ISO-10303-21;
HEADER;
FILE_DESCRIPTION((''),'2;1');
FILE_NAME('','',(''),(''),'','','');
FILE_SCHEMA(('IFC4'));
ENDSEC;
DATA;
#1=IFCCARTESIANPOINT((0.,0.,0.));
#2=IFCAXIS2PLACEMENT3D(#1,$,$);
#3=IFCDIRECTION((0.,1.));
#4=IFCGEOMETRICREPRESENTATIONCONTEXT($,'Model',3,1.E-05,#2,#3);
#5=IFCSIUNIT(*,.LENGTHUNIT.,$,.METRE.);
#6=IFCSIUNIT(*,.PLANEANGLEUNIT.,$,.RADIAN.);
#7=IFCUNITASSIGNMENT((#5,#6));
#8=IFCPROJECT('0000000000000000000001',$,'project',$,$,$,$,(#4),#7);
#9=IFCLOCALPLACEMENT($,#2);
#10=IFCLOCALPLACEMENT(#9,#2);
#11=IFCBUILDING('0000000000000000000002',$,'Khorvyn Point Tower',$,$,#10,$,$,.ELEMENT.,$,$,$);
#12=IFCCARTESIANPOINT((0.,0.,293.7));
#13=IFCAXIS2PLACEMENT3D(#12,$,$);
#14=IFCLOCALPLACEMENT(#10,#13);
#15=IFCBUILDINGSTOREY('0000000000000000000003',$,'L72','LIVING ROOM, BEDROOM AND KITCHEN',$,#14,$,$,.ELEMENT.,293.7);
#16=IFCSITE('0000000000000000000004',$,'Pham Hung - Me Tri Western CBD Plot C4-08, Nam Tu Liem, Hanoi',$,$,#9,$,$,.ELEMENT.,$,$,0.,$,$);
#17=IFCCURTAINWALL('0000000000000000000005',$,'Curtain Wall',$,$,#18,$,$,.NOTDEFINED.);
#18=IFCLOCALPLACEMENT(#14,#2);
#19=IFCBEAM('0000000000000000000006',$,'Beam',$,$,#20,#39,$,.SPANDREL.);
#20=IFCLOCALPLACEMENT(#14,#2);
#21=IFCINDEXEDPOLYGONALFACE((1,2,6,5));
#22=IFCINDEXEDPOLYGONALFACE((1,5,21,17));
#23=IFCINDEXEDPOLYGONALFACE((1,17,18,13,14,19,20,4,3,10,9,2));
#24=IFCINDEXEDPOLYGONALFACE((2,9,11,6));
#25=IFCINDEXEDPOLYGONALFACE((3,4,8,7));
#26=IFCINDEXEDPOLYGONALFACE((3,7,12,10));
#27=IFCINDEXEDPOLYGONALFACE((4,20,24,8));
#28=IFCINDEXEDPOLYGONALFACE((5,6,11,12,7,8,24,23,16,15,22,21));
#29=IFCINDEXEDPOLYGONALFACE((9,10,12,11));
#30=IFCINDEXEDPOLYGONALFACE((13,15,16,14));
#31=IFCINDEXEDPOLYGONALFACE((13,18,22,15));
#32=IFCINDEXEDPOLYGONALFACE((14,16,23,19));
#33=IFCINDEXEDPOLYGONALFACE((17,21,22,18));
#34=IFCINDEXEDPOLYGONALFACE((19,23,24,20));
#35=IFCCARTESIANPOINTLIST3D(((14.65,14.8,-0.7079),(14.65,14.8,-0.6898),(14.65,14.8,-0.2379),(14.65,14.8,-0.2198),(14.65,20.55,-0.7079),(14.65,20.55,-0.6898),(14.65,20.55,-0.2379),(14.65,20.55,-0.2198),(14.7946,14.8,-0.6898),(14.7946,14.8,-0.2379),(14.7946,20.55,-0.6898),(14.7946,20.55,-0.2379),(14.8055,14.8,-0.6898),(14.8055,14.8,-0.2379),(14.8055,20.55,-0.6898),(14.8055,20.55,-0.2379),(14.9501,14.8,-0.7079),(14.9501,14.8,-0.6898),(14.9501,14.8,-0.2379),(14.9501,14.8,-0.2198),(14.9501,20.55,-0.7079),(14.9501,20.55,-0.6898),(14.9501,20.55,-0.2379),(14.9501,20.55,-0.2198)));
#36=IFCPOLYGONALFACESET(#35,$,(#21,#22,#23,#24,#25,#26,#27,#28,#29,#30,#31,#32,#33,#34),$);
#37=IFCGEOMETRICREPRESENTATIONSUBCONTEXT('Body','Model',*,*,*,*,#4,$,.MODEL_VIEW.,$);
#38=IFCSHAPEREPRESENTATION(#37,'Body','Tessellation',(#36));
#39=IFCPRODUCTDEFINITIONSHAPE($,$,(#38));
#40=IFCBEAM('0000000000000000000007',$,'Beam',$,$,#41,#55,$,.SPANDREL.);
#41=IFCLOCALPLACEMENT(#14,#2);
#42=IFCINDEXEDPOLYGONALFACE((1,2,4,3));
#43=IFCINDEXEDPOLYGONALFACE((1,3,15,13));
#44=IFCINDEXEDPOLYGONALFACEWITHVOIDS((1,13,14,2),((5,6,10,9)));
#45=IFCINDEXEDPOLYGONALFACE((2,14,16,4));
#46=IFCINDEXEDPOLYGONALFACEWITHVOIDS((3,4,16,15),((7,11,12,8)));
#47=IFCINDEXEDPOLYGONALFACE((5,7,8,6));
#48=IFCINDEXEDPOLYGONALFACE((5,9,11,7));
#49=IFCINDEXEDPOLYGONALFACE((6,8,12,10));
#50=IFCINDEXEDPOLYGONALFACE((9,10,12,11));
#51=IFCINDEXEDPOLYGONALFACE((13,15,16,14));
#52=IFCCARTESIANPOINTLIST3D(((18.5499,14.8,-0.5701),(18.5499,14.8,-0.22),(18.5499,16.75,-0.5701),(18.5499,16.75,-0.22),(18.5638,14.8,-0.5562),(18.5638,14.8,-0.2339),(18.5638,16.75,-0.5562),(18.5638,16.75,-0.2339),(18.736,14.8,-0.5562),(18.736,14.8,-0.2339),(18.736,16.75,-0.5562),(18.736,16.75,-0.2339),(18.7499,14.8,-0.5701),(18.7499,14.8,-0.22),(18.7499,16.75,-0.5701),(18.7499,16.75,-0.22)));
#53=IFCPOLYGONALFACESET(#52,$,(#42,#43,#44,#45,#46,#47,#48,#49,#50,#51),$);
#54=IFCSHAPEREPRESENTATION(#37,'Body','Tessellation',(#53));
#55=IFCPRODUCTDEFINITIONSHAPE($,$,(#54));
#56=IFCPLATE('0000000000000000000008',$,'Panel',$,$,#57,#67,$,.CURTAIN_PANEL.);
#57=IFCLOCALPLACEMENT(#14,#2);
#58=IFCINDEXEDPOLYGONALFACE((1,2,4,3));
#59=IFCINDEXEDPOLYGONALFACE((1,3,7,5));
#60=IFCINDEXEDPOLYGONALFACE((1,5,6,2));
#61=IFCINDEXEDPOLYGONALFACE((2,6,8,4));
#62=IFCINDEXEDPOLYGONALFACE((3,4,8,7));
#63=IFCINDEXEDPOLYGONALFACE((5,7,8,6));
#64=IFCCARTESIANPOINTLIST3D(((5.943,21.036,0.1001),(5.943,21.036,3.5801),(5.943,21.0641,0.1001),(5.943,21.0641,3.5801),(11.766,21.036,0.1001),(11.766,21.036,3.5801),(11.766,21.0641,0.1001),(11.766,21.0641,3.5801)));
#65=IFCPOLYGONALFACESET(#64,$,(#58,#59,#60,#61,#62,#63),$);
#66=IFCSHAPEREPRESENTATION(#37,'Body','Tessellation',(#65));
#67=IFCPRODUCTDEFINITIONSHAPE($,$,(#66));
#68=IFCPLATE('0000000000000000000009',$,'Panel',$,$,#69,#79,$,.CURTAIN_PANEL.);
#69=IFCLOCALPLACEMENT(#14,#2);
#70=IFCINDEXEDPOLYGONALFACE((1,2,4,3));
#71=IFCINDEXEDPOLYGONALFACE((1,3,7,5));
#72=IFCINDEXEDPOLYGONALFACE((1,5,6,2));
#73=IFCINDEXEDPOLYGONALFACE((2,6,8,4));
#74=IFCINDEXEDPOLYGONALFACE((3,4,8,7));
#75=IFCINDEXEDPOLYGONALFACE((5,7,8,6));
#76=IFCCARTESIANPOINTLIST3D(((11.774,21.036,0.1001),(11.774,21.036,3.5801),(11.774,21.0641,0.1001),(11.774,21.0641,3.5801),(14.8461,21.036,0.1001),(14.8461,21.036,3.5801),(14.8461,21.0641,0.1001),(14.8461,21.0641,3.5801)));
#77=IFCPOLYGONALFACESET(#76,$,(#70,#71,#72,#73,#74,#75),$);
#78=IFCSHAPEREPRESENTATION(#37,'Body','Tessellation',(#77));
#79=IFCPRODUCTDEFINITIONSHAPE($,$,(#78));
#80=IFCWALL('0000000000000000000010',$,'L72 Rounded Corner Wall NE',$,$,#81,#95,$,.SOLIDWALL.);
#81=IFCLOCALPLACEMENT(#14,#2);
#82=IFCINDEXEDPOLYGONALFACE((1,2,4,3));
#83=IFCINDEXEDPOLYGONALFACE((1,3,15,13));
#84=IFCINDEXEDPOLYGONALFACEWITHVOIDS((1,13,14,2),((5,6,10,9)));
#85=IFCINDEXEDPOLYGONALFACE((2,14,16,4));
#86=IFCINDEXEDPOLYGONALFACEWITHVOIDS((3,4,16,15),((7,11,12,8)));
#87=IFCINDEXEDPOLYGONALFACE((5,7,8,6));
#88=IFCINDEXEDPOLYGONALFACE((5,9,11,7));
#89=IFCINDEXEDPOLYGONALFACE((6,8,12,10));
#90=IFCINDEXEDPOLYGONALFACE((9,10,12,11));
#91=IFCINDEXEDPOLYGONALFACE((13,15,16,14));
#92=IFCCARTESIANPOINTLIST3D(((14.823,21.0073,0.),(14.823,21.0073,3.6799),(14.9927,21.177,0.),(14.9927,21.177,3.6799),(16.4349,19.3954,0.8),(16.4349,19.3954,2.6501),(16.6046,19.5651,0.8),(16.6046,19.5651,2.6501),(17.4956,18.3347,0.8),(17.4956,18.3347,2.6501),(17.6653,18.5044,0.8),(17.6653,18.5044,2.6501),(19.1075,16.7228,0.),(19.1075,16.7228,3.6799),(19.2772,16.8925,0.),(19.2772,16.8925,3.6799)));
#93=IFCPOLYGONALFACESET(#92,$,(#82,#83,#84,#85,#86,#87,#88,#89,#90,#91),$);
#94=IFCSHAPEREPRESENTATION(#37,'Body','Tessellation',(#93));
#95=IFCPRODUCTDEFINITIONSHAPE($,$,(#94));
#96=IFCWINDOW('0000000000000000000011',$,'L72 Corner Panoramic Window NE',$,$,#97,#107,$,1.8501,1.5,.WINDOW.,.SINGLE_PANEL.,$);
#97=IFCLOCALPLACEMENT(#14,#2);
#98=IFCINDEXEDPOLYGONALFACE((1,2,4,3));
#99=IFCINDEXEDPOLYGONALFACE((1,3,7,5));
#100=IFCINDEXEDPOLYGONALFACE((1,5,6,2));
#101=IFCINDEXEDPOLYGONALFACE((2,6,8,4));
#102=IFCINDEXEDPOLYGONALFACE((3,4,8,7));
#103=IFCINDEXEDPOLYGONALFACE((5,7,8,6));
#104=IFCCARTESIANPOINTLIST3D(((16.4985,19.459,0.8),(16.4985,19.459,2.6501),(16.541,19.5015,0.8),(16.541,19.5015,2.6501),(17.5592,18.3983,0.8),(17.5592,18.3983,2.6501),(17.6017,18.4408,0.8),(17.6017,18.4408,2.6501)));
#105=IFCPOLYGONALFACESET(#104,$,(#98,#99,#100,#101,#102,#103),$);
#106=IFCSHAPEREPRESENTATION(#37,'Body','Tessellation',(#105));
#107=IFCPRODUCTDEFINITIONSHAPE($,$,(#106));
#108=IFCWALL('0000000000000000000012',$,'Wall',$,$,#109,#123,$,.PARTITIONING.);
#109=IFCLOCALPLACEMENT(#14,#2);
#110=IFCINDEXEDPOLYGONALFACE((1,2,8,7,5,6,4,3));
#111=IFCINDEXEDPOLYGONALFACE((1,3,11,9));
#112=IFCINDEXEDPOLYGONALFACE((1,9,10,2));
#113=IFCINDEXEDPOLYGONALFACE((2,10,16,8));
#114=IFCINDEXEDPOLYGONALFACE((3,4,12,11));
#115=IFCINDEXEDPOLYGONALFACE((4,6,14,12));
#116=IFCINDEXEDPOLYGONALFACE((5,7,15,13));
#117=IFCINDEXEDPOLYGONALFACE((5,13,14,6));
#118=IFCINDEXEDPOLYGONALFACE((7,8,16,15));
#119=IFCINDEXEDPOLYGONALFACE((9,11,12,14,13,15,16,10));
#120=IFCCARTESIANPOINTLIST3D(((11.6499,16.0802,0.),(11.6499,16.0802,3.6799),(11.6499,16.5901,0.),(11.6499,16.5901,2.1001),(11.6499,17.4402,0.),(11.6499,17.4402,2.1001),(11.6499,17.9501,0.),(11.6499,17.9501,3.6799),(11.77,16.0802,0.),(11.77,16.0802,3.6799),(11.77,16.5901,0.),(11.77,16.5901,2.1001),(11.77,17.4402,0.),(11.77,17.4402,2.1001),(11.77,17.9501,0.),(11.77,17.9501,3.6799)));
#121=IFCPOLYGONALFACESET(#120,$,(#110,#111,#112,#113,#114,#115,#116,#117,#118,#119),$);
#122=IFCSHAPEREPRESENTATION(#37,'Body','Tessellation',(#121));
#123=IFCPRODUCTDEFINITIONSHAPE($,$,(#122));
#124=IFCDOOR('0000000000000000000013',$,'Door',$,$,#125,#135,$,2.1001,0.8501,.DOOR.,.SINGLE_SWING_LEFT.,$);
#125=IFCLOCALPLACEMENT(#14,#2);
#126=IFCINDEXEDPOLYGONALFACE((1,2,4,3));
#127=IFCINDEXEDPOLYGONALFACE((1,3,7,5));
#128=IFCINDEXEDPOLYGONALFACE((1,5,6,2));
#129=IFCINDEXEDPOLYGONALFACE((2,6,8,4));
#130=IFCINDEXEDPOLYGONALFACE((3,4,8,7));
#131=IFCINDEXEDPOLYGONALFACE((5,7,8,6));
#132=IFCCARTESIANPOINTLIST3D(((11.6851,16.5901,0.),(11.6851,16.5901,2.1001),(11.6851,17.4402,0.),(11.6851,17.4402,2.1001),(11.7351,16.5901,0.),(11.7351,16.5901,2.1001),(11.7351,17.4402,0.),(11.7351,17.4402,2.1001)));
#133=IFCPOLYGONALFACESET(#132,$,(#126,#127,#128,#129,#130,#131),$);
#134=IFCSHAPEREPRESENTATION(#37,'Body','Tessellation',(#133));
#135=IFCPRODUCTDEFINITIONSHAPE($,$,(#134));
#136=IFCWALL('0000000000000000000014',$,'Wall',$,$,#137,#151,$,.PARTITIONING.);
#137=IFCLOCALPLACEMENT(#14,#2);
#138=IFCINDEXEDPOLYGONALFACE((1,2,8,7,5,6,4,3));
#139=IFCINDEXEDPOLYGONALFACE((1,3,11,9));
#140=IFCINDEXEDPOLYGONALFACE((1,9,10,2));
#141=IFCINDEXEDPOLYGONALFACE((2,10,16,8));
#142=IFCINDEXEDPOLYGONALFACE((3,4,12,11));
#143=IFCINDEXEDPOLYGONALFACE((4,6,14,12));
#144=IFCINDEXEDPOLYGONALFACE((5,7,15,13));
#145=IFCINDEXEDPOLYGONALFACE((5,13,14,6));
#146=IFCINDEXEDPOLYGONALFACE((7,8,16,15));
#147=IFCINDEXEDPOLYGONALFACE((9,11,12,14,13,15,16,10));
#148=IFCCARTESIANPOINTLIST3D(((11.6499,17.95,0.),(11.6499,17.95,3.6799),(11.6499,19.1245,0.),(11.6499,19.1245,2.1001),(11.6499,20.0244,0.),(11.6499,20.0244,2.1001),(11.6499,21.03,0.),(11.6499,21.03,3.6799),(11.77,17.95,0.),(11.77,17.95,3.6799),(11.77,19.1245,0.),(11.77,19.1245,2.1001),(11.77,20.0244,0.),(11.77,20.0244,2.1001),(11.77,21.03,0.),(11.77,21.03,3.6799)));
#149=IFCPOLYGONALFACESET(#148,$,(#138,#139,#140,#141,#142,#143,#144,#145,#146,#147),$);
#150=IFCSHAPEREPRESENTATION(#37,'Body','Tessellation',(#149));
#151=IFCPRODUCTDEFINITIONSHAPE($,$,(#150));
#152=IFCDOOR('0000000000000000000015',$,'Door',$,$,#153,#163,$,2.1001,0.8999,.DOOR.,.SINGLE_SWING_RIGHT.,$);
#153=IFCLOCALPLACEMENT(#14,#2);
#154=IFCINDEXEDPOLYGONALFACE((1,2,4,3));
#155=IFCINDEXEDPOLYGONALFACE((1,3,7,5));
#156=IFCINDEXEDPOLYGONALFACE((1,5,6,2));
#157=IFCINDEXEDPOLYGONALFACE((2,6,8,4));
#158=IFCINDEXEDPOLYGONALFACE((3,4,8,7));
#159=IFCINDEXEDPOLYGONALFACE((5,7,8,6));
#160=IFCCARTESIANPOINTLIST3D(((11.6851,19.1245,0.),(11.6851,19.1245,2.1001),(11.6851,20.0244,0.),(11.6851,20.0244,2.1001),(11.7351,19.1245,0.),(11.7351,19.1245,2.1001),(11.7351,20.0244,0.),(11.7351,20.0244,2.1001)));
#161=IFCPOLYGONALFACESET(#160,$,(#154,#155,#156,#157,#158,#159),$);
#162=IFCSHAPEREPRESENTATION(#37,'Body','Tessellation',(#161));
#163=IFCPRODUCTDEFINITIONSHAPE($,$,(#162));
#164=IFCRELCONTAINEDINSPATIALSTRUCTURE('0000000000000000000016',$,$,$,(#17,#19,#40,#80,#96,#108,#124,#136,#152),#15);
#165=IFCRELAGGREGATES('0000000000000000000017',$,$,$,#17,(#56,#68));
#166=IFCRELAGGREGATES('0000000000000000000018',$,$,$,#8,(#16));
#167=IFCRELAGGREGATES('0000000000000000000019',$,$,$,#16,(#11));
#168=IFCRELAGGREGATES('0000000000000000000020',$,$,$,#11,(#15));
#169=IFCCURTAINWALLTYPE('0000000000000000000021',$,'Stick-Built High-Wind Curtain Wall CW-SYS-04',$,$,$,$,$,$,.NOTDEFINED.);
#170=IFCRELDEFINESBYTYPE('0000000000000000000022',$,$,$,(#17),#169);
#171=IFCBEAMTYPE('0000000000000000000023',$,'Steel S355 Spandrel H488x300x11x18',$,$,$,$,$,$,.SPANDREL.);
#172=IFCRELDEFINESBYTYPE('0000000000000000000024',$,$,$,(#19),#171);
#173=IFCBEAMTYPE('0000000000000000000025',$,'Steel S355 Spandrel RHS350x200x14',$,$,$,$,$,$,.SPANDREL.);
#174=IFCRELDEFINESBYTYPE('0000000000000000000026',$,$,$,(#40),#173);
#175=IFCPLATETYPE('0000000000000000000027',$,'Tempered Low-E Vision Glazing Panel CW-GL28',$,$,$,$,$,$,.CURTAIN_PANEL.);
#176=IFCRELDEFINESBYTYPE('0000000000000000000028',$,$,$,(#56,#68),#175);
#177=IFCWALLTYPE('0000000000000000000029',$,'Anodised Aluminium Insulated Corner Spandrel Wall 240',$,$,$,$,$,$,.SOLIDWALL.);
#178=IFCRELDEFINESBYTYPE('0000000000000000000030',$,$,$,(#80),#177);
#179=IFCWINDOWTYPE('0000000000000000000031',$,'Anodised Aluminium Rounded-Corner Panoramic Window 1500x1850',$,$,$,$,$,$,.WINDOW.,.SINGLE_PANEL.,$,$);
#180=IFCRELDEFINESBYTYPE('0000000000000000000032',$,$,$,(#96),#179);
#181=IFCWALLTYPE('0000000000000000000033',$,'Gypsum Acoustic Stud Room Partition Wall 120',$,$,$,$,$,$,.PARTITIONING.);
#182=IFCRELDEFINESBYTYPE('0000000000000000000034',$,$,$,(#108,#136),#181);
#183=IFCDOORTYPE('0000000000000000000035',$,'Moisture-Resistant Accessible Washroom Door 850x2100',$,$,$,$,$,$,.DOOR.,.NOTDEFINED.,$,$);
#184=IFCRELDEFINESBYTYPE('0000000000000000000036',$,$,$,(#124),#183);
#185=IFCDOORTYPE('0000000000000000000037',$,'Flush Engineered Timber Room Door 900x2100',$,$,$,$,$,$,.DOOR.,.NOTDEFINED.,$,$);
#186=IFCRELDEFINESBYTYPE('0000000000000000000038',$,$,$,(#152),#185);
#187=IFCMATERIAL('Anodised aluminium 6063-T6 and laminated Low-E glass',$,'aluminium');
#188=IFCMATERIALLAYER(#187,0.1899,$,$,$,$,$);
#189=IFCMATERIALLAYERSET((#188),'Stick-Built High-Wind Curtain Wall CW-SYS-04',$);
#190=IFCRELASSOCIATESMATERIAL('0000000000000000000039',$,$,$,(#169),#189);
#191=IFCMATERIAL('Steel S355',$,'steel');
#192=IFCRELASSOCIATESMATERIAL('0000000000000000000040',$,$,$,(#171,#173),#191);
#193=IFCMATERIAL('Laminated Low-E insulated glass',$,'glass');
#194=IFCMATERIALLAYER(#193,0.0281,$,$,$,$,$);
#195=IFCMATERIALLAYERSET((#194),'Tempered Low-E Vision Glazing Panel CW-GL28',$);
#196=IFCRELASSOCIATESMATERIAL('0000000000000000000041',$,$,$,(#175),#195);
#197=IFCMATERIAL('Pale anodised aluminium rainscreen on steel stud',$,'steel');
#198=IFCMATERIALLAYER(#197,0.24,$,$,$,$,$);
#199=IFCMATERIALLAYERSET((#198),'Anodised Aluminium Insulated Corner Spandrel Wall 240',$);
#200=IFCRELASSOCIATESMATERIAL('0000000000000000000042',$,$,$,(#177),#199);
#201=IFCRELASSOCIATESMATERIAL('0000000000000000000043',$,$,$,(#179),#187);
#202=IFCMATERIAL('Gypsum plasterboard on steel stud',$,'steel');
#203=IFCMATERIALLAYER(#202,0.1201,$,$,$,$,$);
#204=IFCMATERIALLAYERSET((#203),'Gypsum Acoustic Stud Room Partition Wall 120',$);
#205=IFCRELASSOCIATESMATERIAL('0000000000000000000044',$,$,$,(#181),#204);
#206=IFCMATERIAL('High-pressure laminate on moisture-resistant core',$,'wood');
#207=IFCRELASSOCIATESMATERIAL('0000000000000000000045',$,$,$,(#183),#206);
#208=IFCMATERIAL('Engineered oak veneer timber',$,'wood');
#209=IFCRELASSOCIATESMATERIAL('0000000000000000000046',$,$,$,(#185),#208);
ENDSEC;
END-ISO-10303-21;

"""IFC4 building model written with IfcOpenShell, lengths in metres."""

from ifc_helpers import new_model, si_unit, direction, frame, frame_2d, origin, origin_2d, place, context, subcontext, project, spatial, rectangle, hollow_rectangle, i_section, extrude, material, layer, layer_set, material_profile, profile_set, type_object, element, fill, aggregate, save


model = new_model("IFC4")

# Units and contexts
model_context = context("Model", 3, precision=1e-05, world=origin(), true_north=direction((0.0, 1.0)))
body_context = subcontext(model_context, "Body", "Model", "MODEL_VIEW")
ifc_project = project(units=[si_unit("LENGTHUNIT", "METRE"), si_unit("PLANEANGLEUNIT", "RADIAN")], contexts=[model_context])

# Site, building, storey
site_placement = place(None, origin())
site = spatial("IfcSite", under=ifc_project, at=site_placement, Name="Pham Hung - Me Tri Western CBD Plot C4-08, Nam Tu Liem, Hanoi", CompositionType="ELEMENT", RefElevation=0.0)
building_placement = place(site_placement, origin())
building = spatial("IfcBuilding", under=site, at=building_placement, Name="Khorvyn Point Tower", CompositionType="ELEMENT")
storey_placement = place(building_placement, frame((0.0, 0.0, 293.7)))
storey = spatial("IfcBuildingStorey", under=building, at=storey_placement, Name="L72", Description="LIVING ROOM, BEDROOM AND KITCHEN", CompositionType="ELEMENT", Elevation=293.7)

# Shared definitions
ifc_material_1 = material(Name="Steel S355", Category="steel")

# Curtain wall
ifc_material_2 = material(Name="Anodised aluminium 6063-T6 and laminated Low-E glass", Category="aluminium")
ifc_layer_1 = layer(ifc_material_2, 0.1899)
ifc_layer_set_1 = layer_set([ifc_layer_1], Name="Stick-Built High-Wind Curtain Wall CW-SYS-04")
curtain_wall_type = type_object("IfcCurtainWallType", Name="Stick-Built High-Wind Curtain Wall CW-SYS-04", PredefinedType="NOTDEFINED", material=ifc_layer_set_1)
curtain_wall_1_placement = place(storey_placement, origin())
curtain_wall_1 = element("IfcCurtainWall", 1, at=curtain_wall_1_placement, inside=storey, type_object=curtain_wall_type, Name="Curtain Wall", PredefinedType="NOTDEFINED")

# Beams
ifc_material_profile_1 = material_profile(ifc_material_1, i_section(OverallWidth=0.3, OverallDepth=0.488, WebThickness=0.011, FlangeThickness=0.0181, at=origin_2d()))
ifc_profile_set_1 = profile_set([ifc_material_profile_1], Name="Steel S355 H488x300x11x18")
beam_type_1 = type_object("IfcBeamType", Name="Steel S355 Spandrel H488x300x11x18", PredefinedType="SPANDREL", material=ifc_profile_set_1)
beam_1_placement = place(storey_placement, frame((14.8, 14.8, -0.4639), z_axis=(0.0, 1.0, 0.0), x_axis=(-1.0, 0.0, 0.0)))
element("IfcBeam", 2, at=beam_1_placement, inside=storey, type_object=beam_type_1, Name="Beam", PredefinedType="SPANDREL", context=body_context, shape_type="SweptSolid", body=[
    extrude(i_section(OverallWidth=0.3, OverallDepth=0.488, WebThickness=0.011, FlangeThickness=0.0181, at=origin_2d()), origin(), (0.0, 0.0, 1.0), 5.75),
])
ifc_material_profile_2 = material_profile(ifc_material_1, hollow_rectangle(XDim=0.2, YDim=0.3501, WallThickness=0.0139, at=origin_2d()))
ifc_profile_set_2 = profile_set([ifc_material_profile_2], Name="Steel S355 RHS350x200x14")
beam_type_2 = type_object("IfcBeamType", Name="Steel S355 Spandrel RHS350x200x14", PredefinedType="SPANDREL", material=ifc_profile_set_2)
beam_2_placement = place(storey_placement, frame((18.6499, 14.8, -0.395), z_axis=(0.0, 1.0, 0.0), x_axis=(-1.0, 0.0, 0.0)))
element("IfcBeam", 3, at=beam_2_placement, inside=storey, type_object=beam_type_2, Name="Beam", PredefinedType="SPANDREL", context=body_context, shape_type="SweptSolid", body=[
    extrude(hollow_rectangle(XDim=0.2, YDim=0.3501, WallThickness=0.0139, at=origin_2d()), origin(), (0.0, 0.0, 1.0), 1.95),
])

# Plates
ifc_material_3 = material(Name="Laminated Low-E insulated glass", Category="glass")
ifc_layer_2 = layer(ifc_material_3, 0.0281)
ifc_layer_set_2 = layer_set([ifc_layer_2], Name="Tempered Low-E Vision Glazing Panel CW-GL28")
plate_type = type_object("IfcPlateType", Name="Tempered Low-E Vision Glazing Panel CW-GL28", PredefinedType="CURTAIN_PANEL", material=ifc_layer_set_2)
plate_1_placement = place(storey_placement, frame((8.8545, 21.05, 0.1001), z_axis=(0.0, 0.0, 1.0), x_axis=(1.0, 0.0, 0.0)))
plate_1 = element("IfcPlate", 4, at=plate_1_placement, type_object=plate_type, Name="Panel", PredefinedType="CURTAIN_PANEL", context=body_context, shape_type="SweptSolid", body=[
    extrude(rectangle(XDim=5.823, YDim=0.0281, at=origin_2d()), origin(), (0.0, 0.0, 1.0), 3.48),
])
plate_2_placement = place(storey_placement, frame((13.3101, 21.05, 0.1001), z_axis=(0.0, 0.0, 1.0), x_axis=(1.0, 0.0, 0.0)))
plate_2 = element("IfcPlate", 5, at=plate_2_placement, type_object=plate_type, Name="Panel", PredefinedType="CURTAIN_PANEL", context=body_context, shape_type="SweptSolid", body=[
    extrude(rectangle(XDim=3.072, YDim=0.0281, at=origin_2d()), origin(), (0.0, 0.0, 1.0), 3.48),
])
aggregate(curtain_wall_1, [plate_1, plate_2])

# Wall, opening, window
ifc_material_4 = material(Name="Pale anodised aluminium rainscreen on steel stud", Category="steel")
ifc_layer_3 = layer(ifc_material_4, 0.24)
ifc_layer_set_3 = layer_set([ifc_layer_3], Name="Anodised Aluminium Insulated Corner Spandrel Wall 240")
wall_type_1 = type_object("IfcWallType", Name="Anodised Aluminium Insulated Corner Spandrel Wall 240", PredefinedType="SOLIDWALL", material=ifc_layer_set_3)
wall_1_placement = place(storey_placement, frame((14.9077, 21.0923, 0.0), z_axis=(0.0, 0.0, 1.0), x_axis=(0.707107, -0.707107, 0.0)))
wall_1 = element("IfcWall", 6, at=wall_1_placement, inside=storey, type_object=wall_type_1, Name="L72 Rounded Corner Wall NE", PredefinedType="SOLIDWALL", context=body_context, shape_type="SweptSolid", body=[
    extrude(rectangle(XDim=6.0593, YDim=0.24, at=frame_2d((3.0298, 0.0))), origin(), (0.0, 0.0, 1.0), 3.6799),
])
opening_1_placement = place(wall_1_placement, frame((2.2798, 0.0, 0.8)))
opening_1 = element("IfcOpeningElement", 7, at=opening_1_placement, cuts=wall_1, PredefinedType="OPENING", context=body_context, shape_type="SweptSolid", body=[
    extrude(rectangle(XDim=1.5, YDim=1.8501, at=frame_2d((0.75, 0.925))), frame((0.0, 0.1299, 0.0), z_axis=(0.0, -1.0, 0.0), x_axis=(1.0, 0.0, 0.0)), (0.0, 0.0, 1.0), 0.26),
])
window_type = type_object("IfcWindowType", Name="Anodised Aluminium Rounded-Corner Panoramic Window 1500x1850", PartitioningType="SINGLE_PANEL", PredefinedType="WINDOW", material=ifc_material_2)
window_placement = place(opening_1_placement, origin())
window = element("IfcWindow", 8, at=window_placement, inside=storey, type_object=window_type, Name="L72 Corner Panoramic Window NE", OverallHeight=1.8501, OverallWidth=1.5, PartitioningType="SINGLE_PANEL", PredefinedType="WINDOW", context=body_context, shape_type="SweptSolid", body=[
    extrude(rectangle(XDim=1.5, YDim=1.8501, at=frame_2d((0.75, 0.925))), frame((0.0, 0.03, 0.0), z_axis=(0.0, -1.0, 0.0), x_axis=(1.0, 0.0, 0.0)), (0.0, 0.0, 1.0), 0.0601),
])
fill(opening_1, window)

# Walls, openings, doors
ifc_material_5 = material(Name="Gypsum plasterboard on steel stud", Category="steel")
ifc_layer_4 = layer(ifc_material_5, 0.1201)
ifc_layer_set_4 = layer_set([ifc_layer_4], Name="Gypsum Acoustic Stud Room Partition Wall 120")
wall_type_2 = type_object("IfcWallType", Name="Gypsum Acoustic Stud Room Partition Wall 120", PredefinedType="PARTITIONING", material=ifc_layer_set_4)
wall_2_placement = place(storey_placement, frame((11.71, 16.0801, 0.0), z_axis=(0.0, 0.0, 1.0), x_axis=(0.0, 1.0, 0.0)))
wall_2 = element("IfcWall", 9, at=wall_2_placement, inside=storey, type_object=wall_type_2, Name="Wall", PredefinedType="PARTITIONING", context=body_context, shape_type="SweptSolid", body=[
    extrude(rectangle(XDim=1.8699, YDim=0.1201, at=frame_2d((0.9351, 0.0))), origin(), (0.0, 0.0, 1.0), 3.6799),
])
opening_2_placement = place(wall_2_placement, frame((0.51, 0.0, 0.0)))
opening_2 = element("IfcOpeningElement", 10, at=opening_2_placement, cuts=wall_2, PredefinedType="OPENING", context=body_context, shape_type="SweptSolid", body=[
    extrude(rectangle(XDim=0.8501, YDim=2.1001, at=frame_2d((0.425, 1.05))), frame((0.0, 0.0701, 0.0), z_axis=(0.0, -1.0, 0.0), x_axis=(1.0, 0.0, 0.0)), (0.0, 0.0, 1.0), 0.1401),
])
ifc_material_6 = material(Name="High-pressure laminate on moisture-resistant core", Category="wood")
door_type_1 = type_object("IfcDoorType", Name="Moisture-Resistant Accessible Washroom Door 850x2100", OperationType="NOTDEFINED", PredefinedType="DOOR", material=ifc_material_6)
door_1_placement = place(opening_2_placement, origin())
door_1 = element("IfcDoor", 11, at=door_1_placement, inside=storey, type_object=door_type_1, Name="Door", OperationType="SINGLE_SWING_LEFT", OverallHeight=2.1001, OverallWidth=0.8501, PredefinedType="DOOR", context=body_context, shape_type="SweptSolid", body=[
    extrude(rectangle(XDim=0.8501, YDim=2.1001, at=frame_2d((0.425, 1.05))), frame((0.0, 0.0249, 0.0), z_axis=(0.0, -1.0, 0.0), x_axis=(1.0, 0.0, 0.0)), (0.0, 0.0, 1.0), 0.05),
])
fill(opening_2, door_1)
wall_3_placement = place(storey_placement, frame((11.71, 17.95, 0.0), z_axis=(0.0, 0.0, 1.0), x_axis=(0.0, 1.0, 0.0)))
wall_3 = element("IfcWall", 12, at=wall_3_placement, inside=storey, type_object=wall_type_2, Name="Wall", PredefinedType="PARTITIONING", context=body_context, shape_type="SweptSolid", body=[
    extrude(rectangle(XDim=3.0801, YDim=0.1201, at=frame_2d((1.54, 0.0))), origin(), (0.0, 0.0, 1.0), 3.6799),
])
opening_3_placement = place(wall_3_placement, frame((1.1746, 0.0, 0.0)))
opening_3 = element("IfcOpeningElement", 13, at=opening_3_placement, cuts=wall_3, PredefinedType="OPENING", context=body_context, shape_type="SweptSolid", body=[
    extrude(rectangle(XDim=0.8999, YDim=2.1001, at=frame_2d((0.45, 1.05))), frame((0.0, 0.0701, 0.0), z_axis=(0.0, -1.0, 0.0), x_axis=(1.0, 0.0, 0.0)), (0.0, 0.0, 1.0), 0.1401),
])
ifc_material_7 = material(Name="Engineered oak veneer timber", Category="wood")
door_type_2 = type_object("IfcDoorType", Name="Flush Engineered Timber Room Door 900x2100", OperationType="NOTDEFINED", PredefinedType="DOOR", material=ifc_material_7)
door_2_placement = place(opening_3_placement, origin())
door_2 = element("IfcDoor", 14, at=door_2_placement, inside=storey, type_object=door_type_2, Name="Door", OperationType="SINGLE_SWING_RIGHT", OverallHeight=2.1001, OverallWidth=0.8999, PredefinedType="DOOR", context=body_context, shape_type="SweptSolid", body=[
    extrude(rectangle(XDim=0.8999, YDim=2.1001, at=frame_2d((0.45, 1.05))), frame((0.0, 0.0249, 0.0), z_axis=(0.0, -1.0, 0.0), x_axis=(1.0, 0.0, 0.0)), (0.0, 0.0, 1.0), 0.05),
])
fill(opening_3, door_2)

save(model, "model.ifc")
